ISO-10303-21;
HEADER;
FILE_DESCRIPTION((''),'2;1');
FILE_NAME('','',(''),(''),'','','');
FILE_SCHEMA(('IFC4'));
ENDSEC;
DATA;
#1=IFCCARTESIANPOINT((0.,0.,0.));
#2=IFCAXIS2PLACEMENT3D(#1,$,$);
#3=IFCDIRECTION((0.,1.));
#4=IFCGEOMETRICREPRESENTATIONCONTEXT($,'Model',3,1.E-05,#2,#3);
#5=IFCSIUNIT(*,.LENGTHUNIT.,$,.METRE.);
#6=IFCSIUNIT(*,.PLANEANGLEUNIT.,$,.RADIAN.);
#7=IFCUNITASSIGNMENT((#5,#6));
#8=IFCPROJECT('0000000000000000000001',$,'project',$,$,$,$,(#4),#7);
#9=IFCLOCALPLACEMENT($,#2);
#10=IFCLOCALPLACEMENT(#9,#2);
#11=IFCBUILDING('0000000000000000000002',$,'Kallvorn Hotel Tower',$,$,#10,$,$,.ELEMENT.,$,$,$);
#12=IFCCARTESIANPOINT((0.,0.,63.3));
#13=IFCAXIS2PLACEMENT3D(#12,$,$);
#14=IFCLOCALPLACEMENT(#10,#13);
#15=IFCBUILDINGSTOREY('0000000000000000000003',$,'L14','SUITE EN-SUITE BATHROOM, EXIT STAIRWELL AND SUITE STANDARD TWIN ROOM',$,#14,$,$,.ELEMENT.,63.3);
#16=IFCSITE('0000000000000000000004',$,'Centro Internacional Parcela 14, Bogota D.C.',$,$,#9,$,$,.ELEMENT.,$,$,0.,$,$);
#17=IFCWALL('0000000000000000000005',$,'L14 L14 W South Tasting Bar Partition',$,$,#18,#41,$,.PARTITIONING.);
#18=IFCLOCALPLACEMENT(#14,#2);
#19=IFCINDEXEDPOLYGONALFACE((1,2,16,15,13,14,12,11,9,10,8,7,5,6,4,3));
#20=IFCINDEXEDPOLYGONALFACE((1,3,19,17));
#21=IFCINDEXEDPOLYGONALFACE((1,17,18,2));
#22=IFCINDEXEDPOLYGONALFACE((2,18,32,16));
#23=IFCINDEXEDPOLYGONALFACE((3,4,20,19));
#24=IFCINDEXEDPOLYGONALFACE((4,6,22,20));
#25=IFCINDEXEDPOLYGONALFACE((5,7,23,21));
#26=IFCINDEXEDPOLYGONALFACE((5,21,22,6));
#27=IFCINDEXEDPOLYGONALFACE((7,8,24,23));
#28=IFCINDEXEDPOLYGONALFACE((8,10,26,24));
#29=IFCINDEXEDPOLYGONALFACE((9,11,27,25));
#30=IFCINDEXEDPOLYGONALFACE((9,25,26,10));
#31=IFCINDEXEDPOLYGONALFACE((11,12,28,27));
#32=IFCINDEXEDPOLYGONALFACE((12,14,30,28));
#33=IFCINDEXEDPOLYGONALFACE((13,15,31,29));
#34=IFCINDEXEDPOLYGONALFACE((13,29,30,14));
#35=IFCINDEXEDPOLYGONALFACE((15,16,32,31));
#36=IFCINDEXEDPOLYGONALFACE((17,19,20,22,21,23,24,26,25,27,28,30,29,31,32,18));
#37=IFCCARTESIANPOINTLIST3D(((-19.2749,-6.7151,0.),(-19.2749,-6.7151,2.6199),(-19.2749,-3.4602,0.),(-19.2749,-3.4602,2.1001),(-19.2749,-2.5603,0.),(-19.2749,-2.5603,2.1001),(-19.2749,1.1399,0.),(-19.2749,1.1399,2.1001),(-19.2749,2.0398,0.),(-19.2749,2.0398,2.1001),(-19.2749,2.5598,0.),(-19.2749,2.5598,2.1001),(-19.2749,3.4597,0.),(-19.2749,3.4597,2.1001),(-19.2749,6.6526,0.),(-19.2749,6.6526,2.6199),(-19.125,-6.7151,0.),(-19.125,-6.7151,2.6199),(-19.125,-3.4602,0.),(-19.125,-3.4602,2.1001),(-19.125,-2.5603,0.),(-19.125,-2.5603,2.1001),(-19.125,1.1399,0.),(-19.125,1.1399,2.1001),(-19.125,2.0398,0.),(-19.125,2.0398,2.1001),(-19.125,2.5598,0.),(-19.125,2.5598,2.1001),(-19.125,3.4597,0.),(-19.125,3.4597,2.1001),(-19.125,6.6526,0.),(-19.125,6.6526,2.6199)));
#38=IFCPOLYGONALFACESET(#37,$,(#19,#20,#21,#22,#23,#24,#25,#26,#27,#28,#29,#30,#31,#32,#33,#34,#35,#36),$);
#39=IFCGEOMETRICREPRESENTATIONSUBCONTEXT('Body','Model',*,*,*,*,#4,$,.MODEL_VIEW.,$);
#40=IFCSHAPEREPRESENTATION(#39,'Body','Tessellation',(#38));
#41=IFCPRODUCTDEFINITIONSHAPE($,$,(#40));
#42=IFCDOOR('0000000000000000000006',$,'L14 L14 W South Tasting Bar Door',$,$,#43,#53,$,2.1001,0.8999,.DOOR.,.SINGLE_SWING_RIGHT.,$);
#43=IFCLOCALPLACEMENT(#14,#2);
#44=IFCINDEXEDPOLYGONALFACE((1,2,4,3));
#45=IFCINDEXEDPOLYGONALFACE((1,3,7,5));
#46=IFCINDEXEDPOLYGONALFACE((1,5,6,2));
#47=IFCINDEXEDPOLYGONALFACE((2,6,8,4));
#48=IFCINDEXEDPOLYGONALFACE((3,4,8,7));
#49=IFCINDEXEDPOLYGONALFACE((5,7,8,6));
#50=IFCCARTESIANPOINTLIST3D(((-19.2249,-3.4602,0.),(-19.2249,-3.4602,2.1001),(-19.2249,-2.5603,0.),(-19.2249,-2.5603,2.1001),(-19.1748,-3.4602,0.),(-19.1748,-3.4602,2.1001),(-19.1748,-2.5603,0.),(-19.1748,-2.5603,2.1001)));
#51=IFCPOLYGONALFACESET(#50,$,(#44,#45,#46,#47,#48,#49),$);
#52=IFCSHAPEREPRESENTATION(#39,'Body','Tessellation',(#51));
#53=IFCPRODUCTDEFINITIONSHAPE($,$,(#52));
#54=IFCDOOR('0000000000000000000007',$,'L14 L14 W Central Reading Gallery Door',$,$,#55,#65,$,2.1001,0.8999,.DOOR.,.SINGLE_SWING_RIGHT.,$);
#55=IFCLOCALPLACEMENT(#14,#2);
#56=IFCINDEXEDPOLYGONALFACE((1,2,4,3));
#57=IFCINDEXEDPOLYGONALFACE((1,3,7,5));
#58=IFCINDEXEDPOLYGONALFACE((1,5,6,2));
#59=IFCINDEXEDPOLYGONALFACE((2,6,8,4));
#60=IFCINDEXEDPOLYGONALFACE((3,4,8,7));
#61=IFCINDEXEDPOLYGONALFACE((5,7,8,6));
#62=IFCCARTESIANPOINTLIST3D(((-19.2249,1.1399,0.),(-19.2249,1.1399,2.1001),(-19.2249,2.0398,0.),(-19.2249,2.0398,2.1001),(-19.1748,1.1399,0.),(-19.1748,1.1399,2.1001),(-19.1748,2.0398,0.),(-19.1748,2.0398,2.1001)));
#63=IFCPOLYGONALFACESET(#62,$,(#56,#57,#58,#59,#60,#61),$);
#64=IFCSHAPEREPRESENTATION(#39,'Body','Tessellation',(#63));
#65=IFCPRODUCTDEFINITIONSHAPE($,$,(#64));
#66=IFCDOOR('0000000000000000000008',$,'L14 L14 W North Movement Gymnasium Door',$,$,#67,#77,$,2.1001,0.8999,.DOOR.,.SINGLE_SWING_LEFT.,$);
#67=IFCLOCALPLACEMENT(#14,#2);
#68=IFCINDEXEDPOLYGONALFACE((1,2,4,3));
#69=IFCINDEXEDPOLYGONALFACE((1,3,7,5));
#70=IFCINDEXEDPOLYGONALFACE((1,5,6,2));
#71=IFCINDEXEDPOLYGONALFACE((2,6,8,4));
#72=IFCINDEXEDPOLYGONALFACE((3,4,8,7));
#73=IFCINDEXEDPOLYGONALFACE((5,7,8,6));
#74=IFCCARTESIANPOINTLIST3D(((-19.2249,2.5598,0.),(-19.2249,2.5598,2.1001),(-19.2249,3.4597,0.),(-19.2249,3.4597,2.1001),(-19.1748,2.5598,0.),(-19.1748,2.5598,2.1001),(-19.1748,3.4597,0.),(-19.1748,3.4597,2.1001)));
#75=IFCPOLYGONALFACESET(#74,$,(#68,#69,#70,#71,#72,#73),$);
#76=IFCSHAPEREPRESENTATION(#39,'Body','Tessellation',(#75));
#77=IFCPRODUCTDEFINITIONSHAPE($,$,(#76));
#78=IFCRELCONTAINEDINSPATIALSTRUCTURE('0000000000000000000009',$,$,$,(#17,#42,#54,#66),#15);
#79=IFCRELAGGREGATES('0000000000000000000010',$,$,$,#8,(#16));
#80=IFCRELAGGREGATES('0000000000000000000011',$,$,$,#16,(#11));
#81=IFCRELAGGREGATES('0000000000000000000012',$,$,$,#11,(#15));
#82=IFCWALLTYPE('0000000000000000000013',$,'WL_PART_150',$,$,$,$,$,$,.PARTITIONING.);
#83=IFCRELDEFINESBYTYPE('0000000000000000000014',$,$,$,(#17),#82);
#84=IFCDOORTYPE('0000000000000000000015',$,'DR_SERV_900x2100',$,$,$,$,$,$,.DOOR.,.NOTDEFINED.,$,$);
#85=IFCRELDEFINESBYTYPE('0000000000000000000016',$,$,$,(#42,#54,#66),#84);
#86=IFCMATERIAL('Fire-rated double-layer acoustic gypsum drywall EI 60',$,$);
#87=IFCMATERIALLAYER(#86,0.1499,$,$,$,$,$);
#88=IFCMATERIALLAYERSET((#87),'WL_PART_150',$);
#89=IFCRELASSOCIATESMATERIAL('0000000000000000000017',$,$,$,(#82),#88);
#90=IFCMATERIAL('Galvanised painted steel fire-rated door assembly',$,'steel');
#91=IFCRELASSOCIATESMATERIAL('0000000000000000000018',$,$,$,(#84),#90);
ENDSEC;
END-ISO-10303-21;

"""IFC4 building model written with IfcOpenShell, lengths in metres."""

from ifc_helpers import new_model, si_unit, direction, frame, frame_2d, origin, place, context, subcontext, project, spatial, rectangle, extrude, material, layer, layer_set, type_object, element, fill, save


model = new_model("IFC4")

# Units and contexts
model_context = context("Model", 3, precision=1e-05, world=origin(), true_north=direction((0.0, 1.0)))
body_context = subcontext(model_context, "Body", "Model", "MODEL_VIEW")
ifc_project = project(units=[si_unit("LENGTHUNIT", "METRE"), si_unit("PLANEANGLEUNIT", "RADIAN")], contexts=[model_context])

# Site, building, storey
site_placement = place(None, origin())
site = spatial("IfcSite", under=ifc_project, at=site_placement, Name="Centro Internacional Parcela 14, Bogota D.C.", CompositionType="ELEMENT", RefElevation=0.0)
building_placement = place(site_placement, origin())
building = spatial("IfcBuilding", under=site, at=building_placement, Name="Kallvorn Hotel Tower", CompositionType="ELEMENT")
storey_placement = place(building_placement, frame((0.0, 0.0, 63.3)))
storey = spatial("IfcBuildingStorey", under=building, at=storey_placement, Name="L14", Description="SUITE EN-SUITE BATHROOM, EXIT STAIRWELL AND SUITE STANDARD TWIN ROOM", CompositionType="ELEMENT", Elevation=63.3)

# Wall, openings, doors
ifc_material_1 = material(Name="Fire-rated double-layer acoustic gypsum drywall EI 60")
ifc_layer = layer(ifc_material_1, 0.1499)
ifc_layer_set = layer_set([ifc_layer], Name="WL_PART_150")
wall_type = type_object("IfcWallType", Name="WL_PART_150", PredefinedType="PARTITIONING", material=ifc_layer_set)
wall_placement = place(storey_placement, frame((-19.2, -6.7151, 0.0), z_axis=(0.0, 0.0, 1.0), x_axis=(0.0, 1.0, 0.0)))
wall = element("IfcWall", 1, at=wall_placement, inside=storey, type_object=wall_type, Name="L14 L14 W South Tasting Bar Partition", PredefinedType="PARTITIONING", context=body_context, shape_type="SweptSolid", body=[
    extrude(rectangle(XDim=13.3677, YDim=0.1499, at=frame_2d((6.6838, 0.0))), origin(), (0.0, 0.0, 1.0), 2.6199),
])
opening_1_placement = place(wall_placement, frame((3.2549, 0.0, 0.0)))
opening_1 = element("IfcOpeningElement", 2, at=opening_1_placement, cuts=wall, PredefinedType="OPENING", context=body_context, shape_type="SweptSolid", body=[
    extrude(rectangle(XDim=0.8999, YDim=2.1001, at=frame_2d((0.45, 1.05))), frame((0.0, 0.0898, 0.0), z_axis=(0.0, -1.0, 0.0), x_axis=(1.0, 0.0, 0.0)), (0.0, 0.0, 1.0), 0.1799),
])
opening_2_placement = place(wall_placement, frame((7.855, 0.0, 0.0)))
opening_2 = element("IfcOpeningElement", 3, at=opening_2_placement, cuts=wall, PredefinedType="OPENING", context=body_context, shape_type="SweptSolid", body=[
    extrude(rectangle(XDim=0.8999, YDim=2.1001, at=frame_2d((0.45, 1.05))), frame((0.0, 0.0898, 0.0), z_axis=(0.0, -1.0, 0.0), x_axis=(1.0, 0.0, 0.0)), (0.0, 0.0, 1.0), 0.1799),
])
opening_3_placement = place(wall_placement, frame((9.2749, 0.0, 0.0)))
opening_3 = element("IfcOpeningElement", 4, at=opening_3_placement, cuts=wall, PredefinedType="OPENING", context=body_context, shape_type="SweptSolid", body=[
    extrude(rectangle(XDim=0.8999, YDim=2.1001, at=frame_2d((0.45, 1.05))), frame((0.0, 0.0898, 0.0), z_axis=(0.0, -1.0, 0.0), x_axis=(1.0, 0.0, 0.0)), (0.0, 0.0, 1.0), 0.1799),
])
ifc_material_2 = material(Name="Galvanised painted steel fire-rated door assembly", Category="steel")
door_type = type_object("IfcDoorType", Name="DR_SERV_900x2100", OperationType="NOTDEFINED", PredefinedType="DOOR", material=ifc_material_2)
door_1_placement = place(opening_1_placement, origin())
door_1 = element("IfcDoor", 5, at=door_1_placement, inside=storey, type_object=door_type, Name="L14 L14 W South Tasting Bar Door", OperationType="SINGLE_SWING_RIGHT", OverallHeight=2.1001, OverallWidth=0.8999, PredefinedType="DOOR", context=body_context, shape_type="SweptSolid", body=[
    extrude(rectangle(XDim=0.8999, YDim=2.1001, at=frame_2d((0.45, 1.05))), frame((0.0, 0.0249, 0.0), z_axis=(0.0, -1.0, 0.0), x_axis=(1.0, 0.0, 0.0)), (0.0, 0.0, 1.0), 0.05),
])
fill(opening_1, door_1)
door_2_placement = place(opening_2_placement, origin())
door_2 = element("IfcDoor", 6, at=door_2_placement, inside=storey, type_object=door_type, Name="L14 L14 W Central Reading Gallery Door", OperationType="SINGLE_SWING_RIGHT", OverallHeight=2.1001, OverallWidth=0.8999, PredefinedType="DOOR", context=body_context, shape_type="SweptSolid", body=[
    extrude(rectangle(XDim=0.8999, YDim=2.1001, at=frame_2d((0.45, 1.05))), frame((0.0, 0.0249, 0.0), z_axis=(0.0, -1.0, 0.0), x_axis=(1.0, 0.0, 0.0)), (0.0, 0.0, 1.0), 0.05),
])
fill(opening_2, door_2)
door_3_placement = place(opening_3_placement, origin())
door_3 = element("IfcDoor", 7, at=door_3_placement, inside=storey, type_object=door_type, Name="L14 L14 W North Movement Gymnasium Door", OperationType="SINGLE_SWING_LEFT", OverallHeight=2.1001, OverallWidth=0.8999, PredefinedType="DOOR", context=body_context, shape_type="SweptSolid", body=[
    extrude(rectangle(XDim=0.8999, YDim=2.1001, at=frame_2d((0.45, 1.05))), frame((0.0, 0.0249, 0.0), z_axis=(0.0, -1.0, 0.0), x_axis=(1.0, 0.0, 0.0)), (0.0, 0.0, 1.0), 0.05),
])
fill(opening_3, door_3)

save(model, "model.ifc")
